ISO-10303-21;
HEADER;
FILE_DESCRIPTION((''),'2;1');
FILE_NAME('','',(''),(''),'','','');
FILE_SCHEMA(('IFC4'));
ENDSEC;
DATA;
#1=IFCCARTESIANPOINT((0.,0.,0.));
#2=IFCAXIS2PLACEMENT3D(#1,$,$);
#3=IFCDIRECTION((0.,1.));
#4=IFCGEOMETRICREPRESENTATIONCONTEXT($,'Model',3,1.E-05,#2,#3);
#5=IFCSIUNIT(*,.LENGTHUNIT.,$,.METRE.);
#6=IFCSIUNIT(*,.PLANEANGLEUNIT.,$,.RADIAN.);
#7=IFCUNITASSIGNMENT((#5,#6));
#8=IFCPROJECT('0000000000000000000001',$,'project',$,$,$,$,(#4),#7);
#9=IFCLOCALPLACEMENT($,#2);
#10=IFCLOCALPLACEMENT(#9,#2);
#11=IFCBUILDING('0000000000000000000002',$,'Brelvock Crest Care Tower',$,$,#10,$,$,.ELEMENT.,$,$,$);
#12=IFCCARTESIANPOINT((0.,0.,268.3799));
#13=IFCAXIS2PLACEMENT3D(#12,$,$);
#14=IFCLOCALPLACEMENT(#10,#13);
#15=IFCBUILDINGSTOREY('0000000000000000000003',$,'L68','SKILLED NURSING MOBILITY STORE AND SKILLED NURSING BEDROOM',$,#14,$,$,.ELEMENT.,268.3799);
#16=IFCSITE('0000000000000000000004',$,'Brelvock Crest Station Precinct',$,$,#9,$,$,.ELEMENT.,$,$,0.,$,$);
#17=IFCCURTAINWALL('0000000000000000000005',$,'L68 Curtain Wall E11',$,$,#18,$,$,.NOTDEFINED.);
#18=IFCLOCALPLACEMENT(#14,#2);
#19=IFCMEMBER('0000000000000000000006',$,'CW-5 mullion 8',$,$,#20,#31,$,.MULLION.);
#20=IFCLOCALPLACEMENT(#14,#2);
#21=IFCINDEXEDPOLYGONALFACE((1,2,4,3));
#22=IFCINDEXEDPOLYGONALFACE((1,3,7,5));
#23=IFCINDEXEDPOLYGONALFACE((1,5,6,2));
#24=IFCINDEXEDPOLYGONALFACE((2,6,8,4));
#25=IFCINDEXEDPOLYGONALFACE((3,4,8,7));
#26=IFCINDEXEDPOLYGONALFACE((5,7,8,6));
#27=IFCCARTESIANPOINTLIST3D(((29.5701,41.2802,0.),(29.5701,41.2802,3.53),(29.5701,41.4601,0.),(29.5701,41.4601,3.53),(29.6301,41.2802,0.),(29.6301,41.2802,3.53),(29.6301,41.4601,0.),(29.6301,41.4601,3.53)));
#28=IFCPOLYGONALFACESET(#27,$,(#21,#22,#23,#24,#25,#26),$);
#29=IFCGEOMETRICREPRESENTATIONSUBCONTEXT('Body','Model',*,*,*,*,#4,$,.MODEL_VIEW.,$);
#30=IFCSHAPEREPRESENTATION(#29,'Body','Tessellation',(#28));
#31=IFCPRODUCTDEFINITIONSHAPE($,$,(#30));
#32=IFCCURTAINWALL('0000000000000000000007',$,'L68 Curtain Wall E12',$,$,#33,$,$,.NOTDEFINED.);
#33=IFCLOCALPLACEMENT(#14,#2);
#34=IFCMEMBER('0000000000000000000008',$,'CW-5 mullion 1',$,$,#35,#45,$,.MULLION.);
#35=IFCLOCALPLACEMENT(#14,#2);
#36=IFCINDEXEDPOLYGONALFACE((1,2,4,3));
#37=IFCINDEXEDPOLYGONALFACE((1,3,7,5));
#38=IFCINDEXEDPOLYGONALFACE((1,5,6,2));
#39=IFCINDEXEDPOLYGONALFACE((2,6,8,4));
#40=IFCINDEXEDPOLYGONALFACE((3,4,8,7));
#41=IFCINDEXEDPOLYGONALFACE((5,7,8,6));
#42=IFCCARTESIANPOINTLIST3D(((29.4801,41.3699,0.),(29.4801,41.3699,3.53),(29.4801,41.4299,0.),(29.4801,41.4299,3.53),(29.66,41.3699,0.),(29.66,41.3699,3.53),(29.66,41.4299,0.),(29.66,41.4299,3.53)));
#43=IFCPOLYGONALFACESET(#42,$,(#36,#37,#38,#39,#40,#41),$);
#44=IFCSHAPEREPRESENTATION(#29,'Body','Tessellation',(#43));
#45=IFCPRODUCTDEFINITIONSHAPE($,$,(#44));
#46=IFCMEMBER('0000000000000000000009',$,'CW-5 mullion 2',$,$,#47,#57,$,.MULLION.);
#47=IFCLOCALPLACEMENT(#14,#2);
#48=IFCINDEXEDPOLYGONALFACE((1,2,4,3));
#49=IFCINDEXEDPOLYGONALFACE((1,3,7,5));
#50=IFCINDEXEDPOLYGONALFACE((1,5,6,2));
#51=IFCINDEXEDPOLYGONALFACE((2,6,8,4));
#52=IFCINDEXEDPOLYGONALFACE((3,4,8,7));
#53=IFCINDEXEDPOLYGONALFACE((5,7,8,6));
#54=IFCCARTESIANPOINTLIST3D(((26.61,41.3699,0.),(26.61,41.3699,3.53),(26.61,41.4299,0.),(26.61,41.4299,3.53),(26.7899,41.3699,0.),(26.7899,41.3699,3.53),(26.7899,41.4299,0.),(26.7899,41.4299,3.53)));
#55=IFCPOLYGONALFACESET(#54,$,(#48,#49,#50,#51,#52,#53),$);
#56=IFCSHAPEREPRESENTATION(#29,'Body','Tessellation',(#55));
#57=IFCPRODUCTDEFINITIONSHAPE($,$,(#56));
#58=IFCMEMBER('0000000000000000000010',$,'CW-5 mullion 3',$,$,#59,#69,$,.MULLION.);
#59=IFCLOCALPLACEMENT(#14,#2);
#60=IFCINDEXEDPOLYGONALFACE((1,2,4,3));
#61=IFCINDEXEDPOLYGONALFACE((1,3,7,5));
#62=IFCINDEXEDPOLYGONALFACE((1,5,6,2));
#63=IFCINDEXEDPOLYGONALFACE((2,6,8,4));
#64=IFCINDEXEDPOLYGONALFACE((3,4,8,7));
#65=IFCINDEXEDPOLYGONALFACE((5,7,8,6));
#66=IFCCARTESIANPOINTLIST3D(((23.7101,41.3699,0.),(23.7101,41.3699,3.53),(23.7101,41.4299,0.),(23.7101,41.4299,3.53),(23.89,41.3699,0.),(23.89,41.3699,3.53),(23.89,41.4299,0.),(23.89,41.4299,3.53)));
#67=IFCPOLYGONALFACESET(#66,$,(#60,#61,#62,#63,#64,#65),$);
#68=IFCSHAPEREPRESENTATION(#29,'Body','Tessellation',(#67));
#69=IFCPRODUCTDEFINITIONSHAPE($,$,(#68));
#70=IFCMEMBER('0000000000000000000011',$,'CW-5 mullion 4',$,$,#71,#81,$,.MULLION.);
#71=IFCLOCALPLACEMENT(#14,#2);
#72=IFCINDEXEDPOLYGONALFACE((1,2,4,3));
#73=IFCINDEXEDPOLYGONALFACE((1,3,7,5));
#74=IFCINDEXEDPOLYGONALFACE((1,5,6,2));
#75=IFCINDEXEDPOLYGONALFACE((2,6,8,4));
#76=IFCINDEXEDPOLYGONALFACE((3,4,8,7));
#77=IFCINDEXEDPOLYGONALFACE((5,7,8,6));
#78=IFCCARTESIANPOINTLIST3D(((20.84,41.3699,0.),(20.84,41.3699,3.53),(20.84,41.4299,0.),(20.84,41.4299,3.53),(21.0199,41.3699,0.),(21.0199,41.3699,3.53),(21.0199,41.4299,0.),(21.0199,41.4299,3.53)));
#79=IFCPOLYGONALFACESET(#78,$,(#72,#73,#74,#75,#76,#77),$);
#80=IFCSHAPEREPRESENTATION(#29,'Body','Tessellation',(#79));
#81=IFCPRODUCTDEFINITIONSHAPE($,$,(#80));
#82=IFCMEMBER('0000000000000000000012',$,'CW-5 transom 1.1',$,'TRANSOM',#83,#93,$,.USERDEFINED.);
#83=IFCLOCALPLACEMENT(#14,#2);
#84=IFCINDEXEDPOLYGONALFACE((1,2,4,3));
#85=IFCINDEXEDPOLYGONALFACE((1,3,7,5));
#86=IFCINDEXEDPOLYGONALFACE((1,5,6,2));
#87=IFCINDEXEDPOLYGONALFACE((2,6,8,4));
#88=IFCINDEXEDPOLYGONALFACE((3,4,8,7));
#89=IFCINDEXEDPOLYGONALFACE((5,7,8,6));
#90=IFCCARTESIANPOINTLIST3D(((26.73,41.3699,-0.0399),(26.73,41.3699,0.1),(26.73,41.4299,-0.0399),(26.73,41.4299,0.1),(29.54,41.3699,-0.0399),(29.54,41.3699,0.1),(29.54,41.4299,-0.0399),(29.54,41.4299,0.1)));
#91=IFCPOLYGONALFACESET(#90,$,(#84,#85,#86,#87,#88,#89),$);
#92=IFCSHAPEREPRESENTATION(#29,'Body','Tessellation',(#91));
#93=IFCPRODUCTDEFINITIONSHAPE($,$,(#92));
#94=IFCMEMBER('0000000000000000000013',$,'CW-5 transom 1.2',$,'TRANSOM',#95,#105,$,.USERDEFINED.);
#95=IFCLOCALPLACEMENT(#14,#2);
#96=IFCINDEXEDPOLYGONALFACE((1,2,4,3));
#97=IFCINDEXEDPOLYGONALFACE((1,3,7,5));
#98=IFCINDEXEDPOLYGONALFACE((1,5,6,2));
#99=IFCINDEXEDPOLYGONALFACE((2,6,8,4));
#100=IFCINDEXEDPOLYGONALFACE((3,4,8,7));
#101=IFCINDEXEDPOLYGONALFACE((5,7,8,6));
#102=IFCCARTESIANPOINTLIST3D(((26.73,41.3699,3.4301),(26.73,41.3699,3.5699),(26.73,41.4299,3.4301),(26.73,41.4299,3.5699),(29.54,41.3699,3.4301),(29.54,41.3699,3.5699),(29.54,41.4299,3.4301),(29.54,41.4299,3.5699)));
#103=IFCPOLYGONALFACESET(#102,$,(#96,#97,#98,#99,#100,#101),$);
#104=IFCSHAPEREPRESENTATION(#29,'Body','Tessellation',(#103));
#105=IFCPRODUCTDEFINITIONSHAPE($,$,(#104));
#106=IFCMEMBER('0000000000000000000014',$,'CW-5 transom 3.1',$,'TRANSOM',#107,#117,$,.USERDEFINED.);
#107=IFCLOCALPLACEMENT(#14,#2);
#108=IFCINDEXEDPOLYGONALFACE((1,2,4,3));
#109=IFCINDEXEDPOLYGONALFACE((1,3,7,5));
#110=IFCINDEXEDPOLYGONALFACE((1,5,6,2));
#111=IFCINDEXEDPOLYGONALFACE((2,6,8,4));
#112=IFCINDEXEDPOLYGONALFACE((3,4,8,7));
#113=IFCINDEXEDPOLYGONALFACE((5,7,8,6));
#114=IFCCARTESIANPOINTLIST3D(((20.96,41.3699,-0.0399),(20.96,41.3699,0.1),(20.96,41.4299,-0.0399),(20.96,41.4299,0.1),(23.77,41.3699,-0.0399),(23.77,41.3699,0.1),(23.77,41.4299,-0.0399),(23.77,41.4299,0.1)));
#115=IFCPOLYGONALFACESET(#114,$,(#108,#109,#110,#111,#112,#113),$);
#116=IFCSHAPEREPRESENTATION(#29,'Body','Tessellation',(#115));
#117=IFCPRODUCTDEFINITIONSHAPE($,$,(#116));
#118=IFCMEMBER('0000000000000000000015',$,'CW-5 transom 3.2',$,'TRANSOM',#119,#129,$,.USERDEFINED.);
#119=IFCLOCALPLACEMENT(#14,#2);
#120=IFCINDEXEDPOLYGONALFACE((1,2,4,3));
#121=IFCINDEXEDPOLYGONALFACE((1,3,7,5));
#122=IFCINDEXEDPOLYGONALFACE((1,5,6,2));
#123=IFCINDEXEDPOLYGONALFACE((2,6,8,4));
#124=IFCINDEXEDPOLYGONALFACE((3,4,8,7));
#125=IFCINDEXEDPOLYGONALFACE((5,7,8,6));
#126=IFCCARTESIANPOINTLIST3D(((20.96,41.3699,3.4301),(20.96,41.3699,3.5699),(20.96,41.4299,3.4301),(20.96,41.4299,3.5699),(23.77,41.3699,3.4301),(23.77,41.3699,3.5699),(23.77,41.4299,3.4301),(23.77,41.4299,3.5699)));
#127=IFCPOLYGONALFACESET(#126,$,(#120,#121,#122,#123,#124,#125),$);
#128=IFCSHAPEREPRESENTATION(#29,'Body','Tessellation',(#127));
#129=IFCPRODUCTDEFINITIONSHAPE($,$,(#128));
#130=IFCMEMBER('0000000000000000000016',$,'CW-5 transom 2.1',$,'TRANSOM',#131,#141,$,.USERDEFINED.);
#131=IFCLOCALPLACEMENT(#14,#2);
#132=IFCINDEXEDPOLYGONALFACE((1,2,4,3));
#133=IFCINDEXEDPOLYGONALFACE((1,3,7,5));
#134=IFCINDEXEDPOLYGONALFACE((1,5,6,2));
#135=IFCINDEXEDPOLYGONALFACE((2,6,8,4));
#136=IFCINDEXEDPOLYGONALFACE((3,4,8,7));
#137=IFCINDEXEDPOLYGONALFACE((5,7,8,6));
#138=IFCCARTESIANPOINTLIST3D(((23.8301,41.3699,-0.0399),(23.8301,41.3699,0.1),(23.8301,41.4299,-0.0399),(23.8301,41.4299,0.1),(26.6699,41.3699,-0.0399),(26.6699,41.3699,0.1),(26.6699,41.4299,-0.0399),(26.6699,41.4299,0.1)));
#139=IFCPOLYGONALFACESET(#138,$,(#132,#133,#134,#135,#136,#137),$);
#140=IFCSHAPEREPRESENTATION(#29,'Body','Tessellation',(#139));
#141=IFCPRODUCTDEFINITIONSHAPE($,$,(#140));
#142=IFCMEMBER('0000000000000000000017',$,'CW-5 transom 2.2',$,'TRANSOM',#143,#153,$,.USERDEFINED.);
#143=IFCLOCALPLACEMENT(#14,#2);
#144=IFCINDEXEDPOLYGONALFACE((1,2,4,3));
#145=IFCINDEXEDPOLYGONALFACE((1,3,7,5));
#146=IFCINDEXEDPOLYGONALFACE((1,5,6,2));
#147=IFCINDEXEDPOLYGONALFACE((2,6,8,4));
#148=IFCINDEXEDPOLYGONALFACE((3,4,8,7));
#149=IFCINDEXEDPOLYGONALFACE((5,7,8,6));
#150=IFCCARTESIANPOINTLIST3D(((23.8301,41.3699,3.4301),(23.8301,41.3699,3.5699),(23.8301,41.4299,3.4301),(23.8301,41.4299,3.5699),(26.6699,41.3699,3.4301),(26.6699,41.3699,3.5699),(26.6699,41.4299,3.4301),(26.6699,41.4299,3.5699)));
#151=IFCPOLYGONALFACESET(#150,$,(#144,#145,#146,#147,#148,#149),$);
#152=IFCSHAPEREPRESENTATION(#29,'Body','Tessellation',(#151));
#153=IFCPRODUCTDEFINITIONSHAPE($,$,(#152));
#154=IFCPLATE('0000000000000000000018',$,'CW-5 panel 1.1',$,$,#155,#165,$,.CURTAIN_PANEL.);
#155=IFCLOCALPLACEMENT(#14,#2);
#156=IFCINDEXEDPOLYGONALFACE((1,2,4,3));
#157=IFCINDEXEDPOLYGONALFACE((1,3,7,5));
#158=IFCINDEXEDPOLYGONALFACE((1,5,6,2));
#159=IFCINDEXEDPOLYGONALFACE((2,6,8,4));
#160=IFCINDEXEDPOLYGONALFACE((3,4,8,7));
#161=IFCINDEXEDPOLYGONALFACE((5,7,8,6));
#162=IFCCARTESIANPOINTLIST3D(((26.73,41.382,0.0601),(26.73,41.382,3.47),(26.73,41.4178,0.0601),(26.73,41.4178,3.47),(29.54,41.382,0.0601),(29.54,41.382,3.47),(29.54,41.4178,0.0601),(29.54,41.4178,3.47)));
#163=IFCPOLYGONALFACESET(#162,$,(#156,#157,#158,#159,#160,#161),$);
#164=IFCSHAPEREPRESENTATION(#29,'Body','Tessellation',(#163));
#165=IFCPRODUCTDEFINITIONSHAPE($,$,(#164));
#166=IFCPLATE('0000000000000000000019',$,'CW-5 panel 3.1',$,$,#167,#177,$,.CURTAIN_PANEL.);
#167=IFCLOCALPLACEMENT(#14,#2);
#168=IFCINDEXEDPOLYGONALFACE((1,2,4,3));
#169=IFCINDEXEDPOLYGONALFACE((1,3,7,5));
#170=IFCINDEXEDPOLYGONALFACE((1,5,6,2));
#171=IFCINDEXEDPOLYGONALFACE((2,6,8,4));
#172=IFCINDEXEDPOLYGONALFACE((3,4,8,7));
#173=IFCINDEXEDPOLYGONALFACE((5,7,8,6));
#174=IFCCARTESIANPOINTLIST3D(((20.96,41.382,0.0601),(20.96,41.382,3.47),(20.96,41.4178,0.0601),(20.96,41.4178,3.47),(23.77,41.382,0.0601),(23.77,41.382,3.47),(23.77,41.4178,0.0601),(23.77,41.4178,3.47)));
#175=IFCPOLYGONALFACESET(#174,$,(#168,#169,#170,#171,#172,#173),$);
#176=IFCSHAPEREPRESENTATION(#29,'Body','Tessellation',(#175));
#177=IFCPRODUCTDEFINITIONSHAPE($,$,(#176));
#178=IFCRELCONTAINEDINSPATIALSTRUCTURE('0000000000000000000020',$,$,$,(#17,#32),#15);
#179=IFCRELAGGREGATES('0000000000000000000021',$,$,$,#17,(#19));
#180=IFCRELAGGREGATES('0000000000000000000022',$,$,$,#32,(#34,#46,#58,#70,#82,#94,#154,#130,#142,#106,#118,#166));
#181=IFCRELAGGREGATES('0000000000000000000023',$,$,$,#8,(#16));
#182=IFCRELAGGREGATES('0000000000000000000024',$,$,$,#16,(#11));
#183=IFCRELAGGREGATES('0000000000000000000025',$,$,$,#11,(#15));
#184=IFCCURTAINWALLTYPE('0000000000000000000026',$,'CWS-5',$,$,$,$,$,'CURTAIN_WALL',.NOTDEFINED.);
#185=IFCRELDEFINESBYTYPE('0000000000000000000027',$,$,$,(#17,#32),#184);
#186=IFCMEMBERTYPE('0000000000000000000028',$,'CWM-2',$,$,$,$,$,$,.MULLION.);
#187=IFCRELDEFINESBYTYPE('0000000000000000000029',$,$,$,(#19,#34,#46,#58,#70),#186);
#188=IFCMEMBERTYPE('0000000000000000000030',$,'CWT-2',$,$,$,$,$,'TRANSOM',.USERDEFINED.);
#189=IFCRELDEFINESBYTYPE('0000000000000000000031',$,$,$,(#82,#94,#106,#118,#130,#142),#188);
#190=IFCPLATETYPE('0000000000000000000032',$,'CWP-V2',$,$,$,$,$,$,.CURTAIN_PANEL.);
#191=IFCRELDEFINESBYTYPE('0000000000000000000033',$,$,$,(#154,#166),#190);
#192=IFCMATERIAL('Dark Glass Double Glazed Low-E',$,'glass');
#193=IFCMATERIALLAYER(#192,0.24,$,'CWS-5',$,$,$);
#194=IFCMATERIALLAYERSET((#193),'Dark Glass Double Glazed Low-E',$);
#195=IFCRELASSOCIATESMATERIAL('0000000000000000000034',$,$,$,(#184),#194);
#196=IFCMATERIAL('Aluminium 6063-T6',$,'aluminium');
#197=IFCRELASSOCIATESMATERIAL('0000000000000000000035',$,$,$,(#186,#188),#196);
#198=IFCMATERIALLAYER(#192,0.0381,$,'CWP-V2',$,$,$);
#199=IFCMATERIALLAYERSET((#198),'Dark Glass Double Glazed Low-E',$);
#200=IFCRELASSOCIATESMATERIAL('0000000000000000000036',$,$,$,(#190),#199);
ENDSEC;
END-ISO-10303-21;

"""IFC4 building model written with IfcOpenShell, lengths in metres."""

from ifc_helpers import new_model, si_unit, direction, frame, origin, origin_2d, place, context, subcontext, project, spatial, rectangle, extrude, source, transform, mapped, material, layer, layer_set, material_profile, profile_set, type_object, element, aggregate, save


model = new_model("IFC4")

# Units and contexts
model_context = context("Model", 3, precision=1e-05, world=origin(), true_north=direction((0.0, 1.0)))
body_context = subcontext(model_context, "Body", "Model", "MODEL_VIEW")
ifc_project = project(units=[si_unit("LENGTHUNIT", "METRE"), si_unit("PLANEANGLEUNIT", "RADIAN")], contexts=[model_context])

# Site, building, storey
site_placement = place(None, origin())
site = spatial("IfcSite", under=ifc_project, at=site_placement, Name="Brelvock Crest Station Precinct", CompositionType="ELEMENT", RefElevation=0.0)
building_placement = place(site_placement, origin())
building = spatial("IfcBuilding", under=site, at=building_placement, Name="Brelvock Crest Care Tower", CompositionType="ELEMENT")
storey_placement = place(building_placement, frame((0.0, 0.0, 268.3799)))
storey = spatial("IfcBuildingStorey", under=building, at=storey_placement, Name="L68", Description="SKILLED NURSING MOBILITY STORE AND SKILLED NURSING BEDROOM", CompositionType="ELEMENT", Elevation=268.3799)

# Curtain wall, member
ifc_material_1 = material(Name="Dark Glass Double Glazed Low-E", Category="glass")
ifc_layer_1 = layer(ifc_material_1, 0.24, Name="CWS-5")
ifc_layer_set_1 = layer_set([ifc_layer_1], Name="Dark Glass Double Glazed Low-E")
curtain_wall_type = type_object("IfcCurtainWallType", Name="CWS-5", ElementType="CURTAIN_WALL", PredefinedType="NOTDEFINED", material=ifc_layer_set_1)
curtain_wall_1_placement = place(storey_placement, origin())
curtain_wall_1 = element("IfcCurtainWall", 1, at=curtain_wall_1_placement, inside=storey, type_object=curtain_wall_type, Name="L68 Curtain Wall E11", PredefinedType="NOTDEFINED")
ifc_material_2 = material(Name="Aluminium 6063-T6", Category="aluminium")
ifc_material_profile_1 = material_profile(ifc_material_2, rectangle(XDim=0.0601, YDim=0.1799, at=origin_2d()), Name="ALU60x180")
ifc_profile_set_1 = profile_set([ifc_material_profile_1], Name="Aluminium 6063-T6")
member_type_1 = type_object("IfcMemberType", Name="CWM-2", PredefinedType="MULLION", material=ifc_profile_set_1)
shared_shape_1 = source(origin(), body_context, "Body", "SweptSolid", [
    extrude(rectangle(XDim=0.0601, YDim=0.1799, at=origin_2d()), origin(), (0.0, 0.0, 1.0), 3.53),
])
member_1_placement = place(storey_placement, frame((29.6001, 41.3701, 0.0), z_axis=(0.0, 0.0, 1.0), x_axis=(-1.0, 0.0, 0.0)))
member_1 = element("IfcMember", 2, at=member_1_placement, type_object=member_type_1, Name="CW-5 mullion 8", PredefinedType="MULLION", context=body_context, shape_type="MappedRepresentation", body=[
    mapped(shared_shape_1, transform((0.0, 0.0, 0.0), x_axis=(1.0, 0.0, 0.0), y_axis=(0.0, 1.0, 0.0), z_axis=(0.0, 0.0, 1.0), scale=1.0)),
])
aggregate(curtain_wall_1, [member_1])

# Curtain wall, members, plates
curtain_wall_2_placement = place(storey_placement, origin())
curtain_wall_2 = element("IfcCurtainWall", 3, at=curtain_wall_2_placement, inside=storey, type_object=curtain_wall_type, Name="L68 Curtain Wall E12", PredefinedType="NOTDEFINED")
member_2_placement = place(storey_placement, frame((29.5701, 41.3999, 0.0), z_axis=(0.0, 0.0, 1.0), x_axis=(0.0, -1.0, 0.0)))
member_2 = element("IfcMember", 4, at=member_2_placement, type_object=member_type_1, Name="CW-5 mullion 1", PredefinedType="MULLION", context=body_context, shape_type="MappedRepresentation", body=[
    mapped(shared_shape_1, transform((0.0, 0.0, 0.0), x_axis=(1.0, 0.0, 0.0), y_axis=(0.0, 1.0, 0.0), z_axis=(0.0, 0.0, 1.0), scale=1.0)),
])
member_3_placement = place(storey_placement, frame((26.7, 41.3999, 0.0), z_axis=(0.0, 0.0, 1.0), x_axis=(0.0, -1.0, 0.0)))
member_3 = element("IfcMember", 5, at=member_3_placement, type_object=member_type_1, Name="CW-5 mullion 2", PredefinedType="MULLION", context=body_context, shape_type="MappedRepresentation", body=[
    mapped(shared_shape_1, transform((0.0, 0.0, 0.0), x_axis=(1.0, 0.0, 0.0), y_axis=(0.0, 1.0, 0.0), z_axis=(0.0, 0.0, 1.0), scale=1.0)),
])
member_4_placement = place(storey_placement, frame((23.8, 41.3999, 0.0), z_axis=(0.0, 0.0, 1.0), x_axis=(0.0, -1.0, 0.0)))
member_4 = element("IfcMember", 6, at=member_4_placement, type_object=member_type_1, Name="CW-5 mullion 3", PredefinedType="MULLION", context=body_context, shape_type="MappedRepresentation", body=[
    mapped(shared_shape_1, transform((0.0, 0.0, 0.0), x_axis=(1.0, 0.0, 0.0), y_axis=(0.0, 1.0, 0.0), z_axis=(0.0, 0.0, 1.0), scale=1.0)),
])
member_5_placement = place(storey_placement, frame((20.9299, 41.3999, 0.0), z_axis=(0.0, 0.0, 1.0), x_axis=(0.0, -1.0, 0.0)))
member_5 = element("IfcMember", 7, at=member_5_placement, type_object=member_type_1, Name="CW-5 mullion 4", PredefinedType="MULLION", context=body_context, shape_type="MappedRepresentation", body=[
    mapped(shared_shape_1, transform((0.0, 0.0, 0.0), x_axis=(1.0, 0.0, 0.0), y_axis=(0.0, 1.0, 0.0), z_axis=(0.0, 0.0, 1.0), scale=1.0)),
])
ifc_material_profile_2 = material_profile(ifc_material_2, rectangle(XDim=0.0601, YDim=0.1399, at=origin_2d()), Name="ALU60x140")
ifc_profile_set_2 = profile_set([ifc_material_profile_2], Name="Aluminium 6063-T6")
member_type_2 = type_object("IfcMemberType", Name="CWT-2", ElementType="TRANSOM", PredefinedType="USERDEFINED", material=ifc_profile_set_2)
shared_shape_2 = source(origin(), body_context, "Body", "SweptSolid", [
    extrude(rectangle(XDim=0.0601, YDim=0.1399, at=origin_2d()), origin(), (0.0, 0.0, 1.0), 2.8101),
])
member_6_placement = place(storey_placement, frame((29.54, 41.3999, 0.03), z_axis=(-1.0, 0.0, 0.0), x_axis=(0.0, -1.0, 0.0)))
member_6 = element("IfcMember", 8, at=member_6_placement, type_object=member_type_2, Name="CW-5 transom 1.1", ObjectType="TRANSOM", PredefinedType="USERDEFINED", context=body_context, shape_type="MappedRepresentation", body=[
    mapped(shared_shape_2, transform((0.0, 0.0, 0.0), x_axis=(1.0, 0.0, 0.0), y_axis=(0.0, 1.0, 0.0), z_axis=(0.0, 0.0, 1.0), scale=1.0)),
])
member_7_placement = place(storey_placement, frame((29.54, 41.3999, 3.5), z_axis=(-1.0, 0.0, 0.0), x_axis=(0.0, -1.0, 0.0)))
member_7 = element("IfcMember", 9, at=member_7_placement, type_object=member_type_2, Name="CW-5 transom 1.2", ObjectType="TRANSOM", PredefinedType="USERDEFINED", context=body_context, shape_type="MappedRepresentation", body=[
    mapped(shared_shape_2, transform((0.0, 0.0, 0.0), x_axis=(1.0, 0.0, 0.0), y_axis=(0.0, 1.0, 0.0), z_axis=(0.0, 0.0, 1.0), scale=1.0)),
])
member_8_placement = place(storey_placement, frame((23.77, 41.3999, 0.03), z_axis=(-1.0, 0.0, 0.0), x_axis=(0.0, -1.0, 0.0)))
member_8 = element("IfcMember", 10, at=member_8_placement, type_object=member_type_2, Name="CW-5 transom 3.1", ObjectType="TRANSOM", PredefinedType="USERDEFINED", context=body_context, shape_type="MappedRepresentation", body=[
    mapped(shared_shape_2, transform((0.0, 0.0, 0.0), x_axis=(1.0, 0.0, 0.0), y_axis=(0.0, 1.0, 0.0), z_axis=(0.0, 0.0, 1.0), scale=1.0)),
])
member_9_placement = place(storey_placement, frame((23.77, 41.3999, 3.5), z_axis=(-1.0, 0.0, 0.0), x_axis=(0.0, -1.0, 0.0)))
member_9 = element("IfcMember", 11, at=member_9_placement, type_object=member_type_2, Name="CW-5 transom 3.2", ObjectType="TRANSOM", PredefinedType="USERDEFINED", context=body_context, shape_type="MappedRepresentation", body=[
    mapped(shared_shape_2, transform((0.0, 0.0, 0.0), x_axis=(1.0, 0.0, 0.0), y_axis=(0.0, 1.0, 0.0), z_axis=(0.0, 0.0, 1.0), scale=1.0)),
])
shared_shape_3 = source(origin(), body_context, "Body", "SweptSolid", [
    extrude(rectangle(XDim=0.0601, YDim=0.1399, at=origin_2d()), origin(), (0.0, 0.0, 1.0), 2.8398),
])
member_10_placement = place(storey_placement, frame((26.6699, 41.3999, 0.03), z_axis=(-1.0, 0.0, 0.0), x_axis=(0.0, -1.0, 0.0)))
member_10 = element("IfcMember", 12, at=member_10_placement, type_object=member_type_2, Name="CW-5 transom 2.1", ObjectType="TRANSOM", PredefinedType="USERDEFINED", context=body_context, shape_type="MappedRepresentation", body=[
    mapped(shared_shape_3, transform((0.0, 0.0, 0.0), x_axis=(1.0, 0.0, 0.0), y_axis=(0.0, 1.0, 0.0), z_axis=(0.0, 0.0, 1.0), scale=1.0)),
])
member_11_placement = place(storey_placement, frame((26.6699, 41.3999, 3.5), z_axis=(-1.0, 0.0, 0.0), x_axis=(0.0, -1.0, 0.0)))
member_11 = element("IfcMember", 13, at=member_11_placement, type_object=member_type_2, Name="CW-5 transom 2.2", ObjectType="TRANSOM", PredefinedType="USERDEFINED", context=body_context, shape_type="MappedRepresentation", body=[
    mapped(shared_shape_3, transform((0.0, 0.0, 0.0), x_axis=(1.0, 0.0, 0.0), y_axis=(0.0, 1.0, 0.0), z_axis=(0.0, 0.0, 1.0), scale=1.0)),
])
ifc_layer_2 = layer(ifc_material_1, 0.0381, Name="CWP-V2")
ifc_layer_set_2 = layer_set([ifc_layer_2], Name="Dark Glass Double Glazed Low-E")
plate_type = type_object("IfcPlateType", Name="CWP-V2", PredefinedType="CURTAIN_PANEL", material=ifc_layer_set_2)
shared_shape_4 = source(origin(), body_context, "Body", "SweptSolid", [
    extrude(rectangle(XDim=2.8101, YDim=0.0359, at=origin_2d()), origin(), (0.0, 0.0, 1.0), 3.4099),
])
plate_1_placement = place(storey_placement, frame((28.135, 41.3999, 0.0601), z_axis=(0.0, 0.0, 1.0), x_axis=(-1.0, 0.0, 0.0)))
plate_1 = element("IfcPlate", 14, at=plate_1_placement, type_object=plate_type, Name="CW-5 panel 1.1", PredefinedType="CURTAIN_PANEL", context=body_context, shape_type="MappedRepresentation", body=[
    mapped(shared_shape_4, transform((0.0, 0.0, 0.0), x_axis=(1.0, 0.0, 0.0), y_axis=(0.0, 1.0, 0.0), z_axis=(0.0, 0.0, 1.0), scale=1.0)),
])
plate_2_placement = place(storey_placement, frame((22.365, 41.3999, 0.0601), z_axis=(0.0, 0.0, 1.0), x_axis=(-1.0, 0.0, 0.0)))
plate_2 = element("IfcPlate", 15, at=plate_2_placement, type_object=plate_type, Name="CW-5 panel 3.1", PredefinedType="CURTAIN_PANEL", context=body_context, shape_type="MappedRepresentation", body=[
    mapped(shared_shape_4, transform((0.0, 0.0, 0.0), x_axis=(1.0, 0.0, 0.0), y_axis=(0.0, 1.0, 0.0), z_axis=(0.0, 0.0, 1.0), scale=1.0)),
])
aggregate(curtain_wall_2, [member_2, member_3, member_4, member_5, member_6, member_7, plate_1, member_10, member_11, member_8, member_9, plate_2])

save(model, "model.ifc")
